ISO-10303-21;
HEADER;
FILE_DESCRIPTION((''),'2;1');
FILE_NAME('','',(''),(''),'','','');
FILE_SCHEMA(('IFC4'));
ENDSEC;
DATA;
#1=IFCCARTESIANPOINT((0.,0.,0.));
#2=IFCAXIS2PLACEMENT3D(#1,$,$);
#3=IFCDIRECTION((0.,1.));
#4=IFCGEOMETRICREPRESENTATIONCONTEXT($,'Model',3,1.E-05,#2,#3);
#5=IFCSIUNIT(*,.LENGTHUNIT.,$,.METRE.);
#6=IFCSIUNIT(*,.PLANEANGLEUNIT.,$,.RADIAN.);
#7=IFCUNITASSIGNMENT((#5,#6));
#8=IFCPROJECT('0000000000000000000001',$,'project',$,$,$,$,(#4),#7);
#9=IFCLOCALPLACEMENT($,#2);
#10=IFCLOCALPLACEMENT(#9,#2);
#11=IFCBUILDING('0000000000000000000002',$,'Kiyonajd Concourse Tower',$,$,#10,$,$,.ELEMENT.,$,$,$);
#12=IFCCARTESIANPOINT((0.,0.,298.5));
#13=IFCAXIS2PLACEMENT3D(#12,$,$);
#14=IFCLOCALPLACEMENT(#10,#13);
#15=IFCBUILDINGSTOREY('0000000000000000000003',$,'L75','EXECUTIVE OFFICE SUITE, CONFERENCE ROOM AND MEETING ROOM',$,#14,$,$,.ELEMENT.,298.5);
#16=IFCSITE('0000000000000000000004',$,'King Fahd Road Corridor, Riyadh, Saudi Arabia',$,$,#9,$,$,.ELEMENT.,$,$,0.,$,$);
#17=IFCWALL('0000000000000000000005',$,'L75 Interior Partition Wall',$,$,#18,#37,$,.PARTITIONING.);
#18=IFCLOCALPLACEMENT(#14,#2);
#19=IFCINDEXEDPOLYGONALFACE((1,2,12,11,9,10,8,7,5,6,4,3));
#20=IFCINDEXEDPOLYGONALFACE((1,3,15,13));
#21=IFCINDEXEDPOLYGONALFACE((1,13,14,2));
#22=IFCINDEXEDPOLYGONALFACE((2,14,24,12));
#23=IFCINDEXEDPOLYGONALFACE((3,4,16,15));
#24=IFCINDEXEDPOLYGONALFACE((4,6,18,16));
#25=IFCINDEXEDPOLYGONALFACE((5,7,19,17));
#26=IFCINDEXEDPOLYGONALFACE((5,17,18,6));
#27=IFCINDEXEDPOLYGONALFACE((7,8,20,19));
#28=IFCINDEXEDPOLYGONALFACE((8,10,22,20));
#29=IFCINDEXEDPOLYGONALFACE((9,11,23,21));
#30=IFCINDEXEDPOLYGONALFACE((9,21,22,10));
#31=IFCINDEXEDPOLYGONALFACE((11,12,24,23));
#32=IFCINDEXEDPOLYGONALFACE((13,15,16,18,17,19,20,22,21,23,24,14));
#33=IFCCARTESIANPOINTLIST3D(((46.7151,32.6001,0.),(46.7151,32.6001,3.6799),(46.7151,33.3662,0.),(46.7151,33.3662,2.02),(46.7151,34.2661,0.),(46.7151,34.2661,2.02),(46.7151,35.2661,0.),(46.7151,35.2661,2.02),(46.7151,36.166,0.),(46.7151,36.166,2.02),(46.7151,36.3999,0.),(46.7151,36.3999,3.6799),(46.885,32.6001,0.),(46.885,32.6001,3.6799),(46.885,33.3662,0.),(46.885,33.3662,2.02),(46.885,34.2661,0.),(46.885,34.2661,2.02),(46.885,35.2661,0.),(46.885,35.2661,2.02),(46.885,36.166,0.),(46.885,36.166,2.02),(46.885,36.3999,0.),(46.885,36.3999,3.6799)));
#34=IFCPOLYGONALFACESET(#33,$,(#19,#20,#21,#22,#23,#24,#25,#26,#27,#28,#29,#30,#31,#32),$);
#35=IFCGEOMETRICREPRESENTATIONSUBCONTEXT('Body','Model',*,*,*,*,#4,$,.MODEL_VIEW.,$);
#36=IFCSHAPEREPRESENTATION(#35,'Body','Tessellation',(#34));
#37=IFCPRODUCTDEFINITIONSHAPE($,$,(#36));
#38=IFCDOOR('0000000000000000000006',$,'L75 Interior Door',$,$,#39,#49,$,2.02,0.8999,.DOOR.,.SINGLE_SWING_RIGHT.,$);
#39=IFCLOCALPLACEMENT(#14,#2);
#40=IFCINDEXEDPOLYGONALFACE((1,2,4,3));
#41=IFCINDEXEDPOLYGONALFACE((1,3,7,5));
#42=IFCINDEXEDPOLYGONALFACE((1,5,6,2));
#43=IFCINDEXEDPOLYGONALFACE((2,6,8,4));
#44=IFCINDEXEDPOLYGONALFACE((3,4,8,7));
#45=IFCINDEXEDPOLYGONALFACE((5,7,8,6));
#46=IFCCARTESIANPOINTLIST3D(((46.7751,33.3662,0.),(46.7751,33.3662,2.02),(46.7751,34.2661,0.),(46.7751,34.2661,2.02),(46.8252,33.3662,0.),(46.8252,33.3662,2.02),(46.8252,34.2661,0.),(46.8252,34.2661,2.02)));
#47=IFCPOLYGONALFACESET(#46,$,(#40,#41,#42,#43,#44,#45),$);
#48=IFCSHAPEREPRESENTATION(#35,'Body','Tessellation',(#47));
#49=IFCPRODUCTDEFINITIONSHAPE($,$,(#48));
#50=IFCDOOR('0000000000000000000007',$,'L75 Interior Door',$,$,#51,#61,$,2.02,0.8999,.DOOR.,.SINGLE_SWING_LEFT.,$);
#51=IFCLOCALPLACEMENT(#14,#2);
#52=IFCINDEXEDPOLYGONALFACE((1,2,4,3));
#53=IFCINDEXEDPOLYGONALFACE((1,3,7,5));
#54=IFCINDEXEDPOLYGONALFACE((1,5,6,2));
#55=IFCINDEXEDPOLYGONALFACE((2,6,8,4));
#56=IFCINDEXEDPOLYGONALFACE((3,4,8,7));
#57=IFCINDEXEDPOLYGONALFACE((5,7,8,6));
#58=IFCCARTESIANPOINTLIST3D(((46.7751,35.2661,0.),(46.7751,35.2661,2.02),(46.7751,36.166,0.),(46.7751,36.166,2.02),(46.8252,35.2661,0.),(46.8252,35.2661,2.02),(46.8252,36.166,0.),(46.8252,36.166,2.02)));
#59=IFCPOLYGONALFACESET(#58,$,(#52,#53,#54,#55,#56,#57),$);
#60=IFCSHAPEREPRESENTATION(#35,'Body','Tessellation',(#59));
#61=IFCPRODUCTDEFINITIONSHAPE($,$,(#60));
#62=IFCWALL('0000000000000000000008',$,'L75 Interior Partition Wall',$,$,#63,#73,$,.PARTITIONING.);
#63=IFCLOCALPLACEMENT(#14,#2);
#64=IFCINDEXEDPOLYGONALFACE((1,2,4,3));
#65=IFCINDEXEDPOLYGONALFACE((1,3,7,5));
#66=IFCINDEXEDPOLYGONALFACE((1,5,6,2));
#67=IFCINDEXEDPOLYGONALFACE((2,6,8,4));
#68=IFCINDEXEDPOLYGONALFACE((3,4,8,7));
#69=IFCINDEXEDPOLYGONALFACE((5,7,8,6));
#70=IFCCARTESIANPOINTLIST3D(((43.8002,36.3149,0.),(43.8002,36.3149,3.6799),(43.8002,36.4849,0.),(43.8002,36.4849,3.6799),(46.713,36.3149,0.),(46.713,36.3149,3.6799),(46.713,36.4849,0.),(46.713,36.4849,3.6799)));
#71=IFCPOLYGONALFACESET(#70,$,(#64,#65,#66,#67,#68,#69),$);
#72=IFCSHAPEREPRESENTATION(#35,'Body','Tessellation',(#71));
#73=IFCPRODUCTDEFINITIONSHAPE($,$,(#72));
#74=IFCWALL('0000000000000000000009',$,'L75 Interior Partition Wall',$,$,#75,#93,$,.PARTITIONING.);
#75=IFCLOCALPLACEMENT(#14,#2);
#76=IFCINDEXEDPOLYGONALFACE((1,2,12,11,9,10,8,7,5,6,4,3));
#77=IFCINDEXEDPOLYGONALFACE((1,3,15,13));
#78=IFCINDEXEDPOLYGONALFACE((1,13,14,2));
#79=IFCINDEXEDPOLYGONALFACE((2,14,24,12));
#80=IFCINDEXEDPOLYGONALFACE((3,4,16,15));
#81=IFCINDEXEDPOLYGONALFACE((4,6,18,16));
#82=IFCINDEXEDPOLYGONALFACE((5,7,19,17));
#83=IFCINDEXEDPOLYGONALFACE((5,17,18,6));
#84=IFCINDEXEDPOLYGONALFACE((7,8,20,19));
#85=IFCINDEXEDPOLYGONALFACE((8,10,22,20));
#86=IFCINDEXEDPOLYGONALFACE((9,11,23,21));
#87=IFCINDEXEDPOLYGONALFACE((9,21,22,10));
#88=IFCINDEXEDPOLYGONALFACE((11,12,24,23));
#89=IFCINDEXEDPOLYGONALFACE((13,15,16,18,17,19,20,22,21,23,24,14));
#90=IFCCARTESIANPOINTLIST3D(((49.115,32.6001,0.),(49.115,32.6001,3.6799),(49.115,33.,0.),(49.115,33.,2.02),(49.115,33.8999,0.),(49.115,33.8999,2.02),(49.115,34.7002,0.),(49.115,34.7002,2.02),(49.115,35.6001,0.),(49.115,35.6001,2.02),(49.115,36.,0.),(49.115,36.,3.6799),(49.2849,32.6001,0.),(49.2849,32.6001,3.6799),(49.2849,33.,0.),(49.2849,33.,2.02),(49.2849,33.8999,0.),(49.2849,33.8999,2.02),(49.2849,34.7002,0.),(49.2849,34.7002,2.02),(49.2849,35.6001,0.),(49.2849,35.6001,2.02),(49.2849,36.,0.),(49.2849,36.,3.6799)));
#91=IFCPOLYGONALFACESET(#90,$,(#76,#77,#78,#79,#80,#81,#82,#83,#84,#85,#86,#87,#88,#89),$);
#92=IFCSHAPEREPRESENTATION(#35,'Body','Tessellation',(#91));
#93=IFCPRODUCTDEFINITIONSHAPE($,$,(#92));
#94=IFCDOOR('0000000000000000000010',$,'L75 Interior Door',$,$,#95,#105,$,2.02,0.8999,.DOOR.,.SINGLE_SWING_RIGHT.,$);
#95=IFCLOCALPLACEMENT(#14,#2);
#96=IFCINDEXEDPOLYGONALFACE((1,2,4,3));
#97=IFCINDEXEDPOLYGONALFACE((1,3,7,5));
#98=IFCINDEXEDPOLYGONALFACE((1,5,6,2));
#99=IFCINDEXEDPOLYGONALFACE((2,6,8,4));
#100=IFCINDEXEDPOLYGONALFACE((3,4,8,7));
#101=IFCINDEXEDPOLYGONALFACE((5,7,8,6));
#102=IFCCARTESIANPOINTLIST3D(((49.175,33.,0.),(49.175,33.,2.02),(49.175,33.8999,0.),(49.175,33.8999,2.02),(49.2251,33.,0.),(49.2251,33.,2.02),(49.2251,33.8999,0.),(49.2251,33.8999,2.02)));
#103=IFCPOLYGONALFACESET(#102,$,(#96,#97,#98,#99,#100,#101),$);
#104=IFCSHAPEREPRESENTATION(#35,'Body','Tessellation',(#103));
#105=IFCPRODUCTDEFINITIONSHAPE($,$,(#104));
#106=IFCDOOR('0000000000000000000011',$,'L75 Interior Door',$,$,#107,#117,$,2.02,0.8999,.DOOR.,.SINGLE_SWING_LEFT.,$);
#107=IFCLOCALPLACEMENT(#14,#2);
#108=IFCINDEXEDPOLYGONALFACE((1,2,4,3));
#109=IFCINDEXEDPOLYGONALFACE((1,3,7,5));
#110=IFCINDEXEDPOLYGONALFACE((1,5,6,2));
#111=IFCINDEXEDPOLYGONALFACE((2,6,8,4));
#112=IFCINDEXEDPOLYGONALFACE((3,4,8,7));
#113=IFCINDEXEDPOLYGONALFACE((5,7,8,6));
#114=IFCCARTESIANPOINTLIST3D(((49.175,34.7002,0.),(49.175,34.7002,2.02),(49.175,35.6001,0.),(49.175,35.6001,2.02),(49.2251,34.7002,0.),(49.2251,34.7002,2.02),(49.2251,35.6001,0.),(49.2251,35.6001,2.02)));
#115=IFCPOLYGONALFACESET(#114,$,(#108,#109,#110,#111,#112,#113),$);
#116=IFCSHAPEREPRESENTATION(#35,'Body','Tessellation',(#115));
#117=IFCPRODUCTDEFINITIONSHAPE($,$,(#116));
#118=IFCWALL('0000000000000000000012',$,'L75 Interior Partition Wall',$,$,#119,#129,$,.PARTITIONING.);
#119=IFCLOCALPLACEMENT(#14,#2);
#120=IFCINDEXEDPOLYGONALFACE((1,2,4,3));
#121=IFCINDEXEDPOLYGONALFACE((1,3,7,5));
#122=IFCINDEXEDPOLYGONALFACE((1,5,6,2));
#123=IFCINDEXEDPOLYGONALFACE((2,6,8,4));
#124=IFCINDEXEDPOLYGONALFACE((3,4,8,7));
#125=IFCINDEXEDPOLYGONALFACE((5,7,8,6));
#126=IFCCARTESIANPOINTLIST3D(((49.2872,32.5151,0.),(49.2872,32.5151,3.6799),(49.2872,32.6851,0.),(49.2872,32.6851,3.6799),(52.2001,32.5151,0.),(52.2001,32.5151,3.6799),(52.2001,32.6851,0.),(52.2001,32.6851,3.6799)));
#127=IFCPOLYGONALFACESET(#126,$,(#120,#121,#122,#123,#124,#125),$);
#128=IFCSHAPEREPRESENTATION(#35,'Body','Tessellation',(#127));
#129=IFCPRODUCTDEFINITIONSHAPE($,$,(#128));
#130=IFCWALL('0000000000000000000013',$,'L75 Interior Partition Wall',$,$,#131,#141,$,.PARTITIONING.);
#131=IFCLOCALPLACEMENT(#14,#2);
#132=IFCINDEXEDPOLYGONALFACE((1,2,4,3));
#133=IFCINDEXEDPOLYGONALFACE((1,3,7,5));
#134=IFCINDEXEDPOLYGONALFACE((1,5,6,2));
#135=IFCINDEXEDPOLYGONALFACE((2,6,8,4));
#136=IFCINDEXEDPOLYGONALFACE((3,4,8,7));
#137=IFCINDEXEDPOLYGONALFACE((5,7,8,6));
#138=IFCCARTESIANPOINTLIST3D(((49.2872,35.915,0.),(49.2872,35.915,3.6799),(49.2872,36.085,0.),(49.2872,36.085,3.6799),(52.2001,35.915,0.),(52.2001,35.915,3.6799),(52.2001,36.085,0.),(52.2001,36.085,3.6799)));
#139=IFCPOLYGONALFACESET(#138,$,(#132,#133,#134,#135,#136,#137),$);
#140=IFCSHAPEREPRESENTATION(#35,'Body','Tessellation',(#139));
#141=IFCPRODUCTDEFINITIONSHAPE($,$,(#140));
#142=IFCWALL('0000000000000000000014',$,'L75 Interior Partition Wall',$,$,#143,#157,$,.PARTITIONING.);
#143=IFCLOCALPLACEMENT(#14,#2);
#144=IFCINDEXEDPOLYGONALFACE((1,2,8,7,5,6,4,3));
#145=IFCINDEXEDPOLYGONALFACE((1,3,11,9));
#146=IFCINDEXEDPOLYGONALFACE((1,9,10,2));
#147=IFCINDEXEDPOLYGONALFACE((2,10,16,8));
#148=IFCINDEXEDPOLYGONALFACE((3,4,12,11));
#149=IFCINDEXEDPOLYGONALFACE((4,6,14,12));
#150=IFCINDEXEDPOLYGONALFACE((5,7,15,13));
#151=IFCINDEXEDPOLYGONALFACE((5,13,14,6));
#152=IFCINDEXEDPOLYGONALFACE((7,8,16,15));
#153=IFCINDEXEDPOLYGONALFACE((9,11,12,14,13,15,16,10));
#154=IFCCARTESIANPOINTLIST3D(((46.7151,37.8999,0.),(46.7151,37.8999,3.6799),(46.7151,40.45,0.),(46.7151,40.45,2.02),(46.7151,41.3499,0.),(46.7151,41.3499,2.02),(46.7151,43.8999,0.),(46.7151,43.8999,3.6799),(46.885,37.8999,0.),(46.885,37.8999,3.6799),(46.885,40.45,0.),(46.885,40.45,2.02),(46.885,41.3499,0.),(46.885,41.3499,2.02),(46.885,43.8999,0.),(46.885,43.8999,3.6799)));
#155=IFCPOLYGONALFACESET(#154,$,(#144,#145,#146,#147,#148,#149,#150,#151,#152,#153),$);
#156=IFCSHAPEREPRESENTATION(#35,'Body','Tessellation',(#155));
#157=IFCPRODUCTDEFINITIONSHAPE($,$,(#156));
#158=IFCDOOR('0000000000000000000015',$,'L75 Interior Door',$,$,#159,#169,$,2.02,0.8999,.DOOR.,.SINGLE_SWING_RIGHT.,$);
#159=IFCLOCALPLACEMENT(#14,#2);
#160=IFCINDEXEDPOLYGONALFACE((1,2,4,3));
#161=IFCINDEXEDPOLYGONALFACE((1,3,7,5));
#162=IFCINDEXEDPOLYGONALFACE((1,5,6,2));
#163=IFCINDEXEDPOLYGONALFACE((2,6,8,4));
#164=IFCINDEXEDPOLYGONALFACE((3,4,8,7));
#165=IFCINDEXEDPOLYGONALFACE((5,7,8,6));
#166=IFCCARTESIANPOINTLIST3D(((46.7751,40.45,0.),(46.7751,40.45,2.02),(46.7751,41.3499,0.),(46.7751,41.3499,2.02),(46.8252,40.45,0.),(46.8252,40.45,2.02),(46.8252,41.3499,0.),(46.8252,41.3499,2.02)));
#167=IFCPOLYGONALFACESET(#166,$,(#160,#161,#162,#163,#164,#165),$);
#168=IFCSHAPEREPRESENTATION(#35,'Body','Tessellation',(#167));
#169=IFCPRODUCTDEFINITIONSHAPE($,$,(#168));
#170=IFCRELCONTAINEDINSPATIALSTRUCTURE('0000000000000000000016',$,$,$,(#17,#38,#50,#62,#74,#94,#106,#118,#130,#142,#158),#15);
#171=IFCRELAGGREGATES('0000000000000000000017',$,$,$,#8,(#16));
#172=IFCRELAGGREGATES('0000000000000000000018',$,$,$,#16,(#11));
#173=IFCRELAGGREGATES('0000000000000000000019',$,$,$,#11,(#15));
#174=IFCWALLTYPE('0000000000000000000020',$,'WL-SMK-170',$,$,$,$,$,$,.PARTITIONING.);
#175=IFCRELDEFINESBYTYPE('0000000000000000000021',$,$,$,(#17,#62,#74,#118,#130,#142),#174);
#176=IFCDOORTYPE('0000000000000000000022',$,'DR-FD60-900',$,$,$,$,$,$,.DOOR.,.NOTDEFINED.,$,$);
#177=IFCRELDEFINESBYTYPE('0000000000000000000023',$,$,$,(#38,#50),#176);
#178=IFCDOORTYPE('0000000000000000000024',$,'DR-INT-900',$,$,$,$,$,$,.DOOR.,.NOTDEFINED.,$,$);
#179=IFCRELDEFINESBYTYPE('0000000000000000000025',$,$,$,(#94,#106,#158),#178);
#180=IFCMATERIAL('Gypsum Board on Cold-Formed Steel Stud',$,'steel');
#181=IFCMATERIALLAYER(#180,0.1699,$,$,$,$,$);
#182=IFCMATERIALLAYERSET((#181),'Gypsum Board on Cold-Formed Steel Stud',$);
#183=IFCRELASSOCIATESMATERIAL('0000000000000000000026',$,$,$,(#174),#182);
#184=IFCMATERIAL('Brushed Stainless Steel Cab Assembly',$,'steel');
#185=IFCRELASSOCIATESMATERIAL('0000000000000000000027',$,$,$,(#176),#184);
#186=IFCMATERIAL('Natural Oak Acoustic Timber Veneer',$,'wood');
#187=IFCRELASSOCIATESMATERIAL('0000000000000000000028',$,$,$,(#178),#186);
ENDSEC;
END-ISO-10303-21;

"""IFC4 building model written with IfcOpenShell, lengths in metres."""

from ifc_helpers import new_model, si_unit, direction, frame, frame_2d, origin, place, context, subcontext, project, spatial, rectangle, extrude, material, layer, layer_set, type_object, element, fill, save


model = new_model("IFC4")

# Units and contexts
model_context = context("Model", 3, precision=1e-05, world=origin(), true_north=direction((0.0, 1.0)))
body_context = subcontext(model_context, "Body", "Model", "MODEL_VIEW")
ifc_project = project(units=[si_unit("LENGTHUNIT", "METRE"), si_unit("PLANEANGLEUNIT", "RADIAN")], contexts=[model_context])

# Site, building, storey
site_placement = place(None, origin())
site = spatial("IfcSite", under=ifc_project, at=site_placement, Name="King Fahd Road Corridor, Riyadh, Saudi Arabia", CompositionType="ELEMENT", RefElevation=0.0)
building_placement = place(site_placement, origin())
building = spatial("IfcBuilding", under=site, at=building_placement, Name="Kiyonajd Concourse Tower", CompositionType="ELEMENT")
storey_placement = place(building_placement, frame((0.0, 0.0, 298.5)))
storey = spatial("IfcBuildingStorey", under=building, at=storey_placement, Name="L75", Description="EXECUTIVE OFFICE SUITE, CONFERENCE ROOM AND MEETING ROOM", CompositionType="ELEMENT", Elevation=298.5)

# Shared definitions
ifc_material_1 = material(Name="Gypsum Board on Cold-Formed Steel Stud", Category="steel")

# Shared definitions
ifc_material_2 = material(Name="Brushed Stainless Steel Cab Assembly", Category="steel")

# Shared definitions
ifc_layer_1 = layer(ifc_material_1, 0.1699)
ifc_layer_set_1 = layer_set([ifc_layer_1], Name="Gypsum Board on Cold-Formed Steel Stud")
wall_type_1 = type_object("IfcWallType", Name="WL-SMK-170", PredefinedType="PARTITIONING", material=ifc_layer_set_1)

# Wall, openings, doors
wall_1_placement = place(storey_placement, frame((46.8, 32.6001, 0.0), z_axis=(0.0, 0.0, 1.0), x_axis=(0.0, 1.0, 0.0)))
wall_1 = element("IfcWall", 1, at=wall_1_placement, inside=storey, type_object=wall_type_1, Name="L75 Interior Partition Wall", PredefinedType="PARTITIONING", context=body_context, shape_type="SweptSolid", body=[
    extrude(rectangle(XDim=3.7998, YDim=0.1699, at=frame_2d((1.8999, 0.0))), origin(), (0.0, 0.0, 1.0), 3.6799),
])
opening_1_placement = place(wall_1_placement, frame((0.7661, 0.0, 0.0)))
opening_1 = element("IfcOpeningElement", 2, at=opening_1_placement, cuts=wall_1, PredefinedType="OPENING", context=body_context, shape_type="SweptSolid", body=[
    extrude(rectangle(XDim=0.8999, YDim=2.02, at=frame_2d((0.45, 1.01))), frame((0.0, 0.095, 0.0), z_axis=(0.0, -1.0, 0.0), x_axis=(1.0, 0.0, 0.0)), (0.0, 0.0, 1.0), 0.1899),
])
opening_2_placement = place(wall_1_placement, frame((2.666, 0.0, 0.0)))
opening_2 = element("IfcOpeningElement", 3, at=opening_2_placement, cuts=wall_1, PredefinedType="OPENING", context=body_context, shape_type="SweptSolid", body=[
    extrude(rectangle(XDim=0.8999, YDim=2.02, at=frame_2d((0.45, 1.01))), frame((0.0, 0.095, 0.0), z_axis=(0.0, -1.0, 0.0), x_axis=(1.0, 0.0, 0.0)), (0.0, 0.0, 1.0), 0.1899),
])
door_type_1 = type_object("IfcDoorType", Name="DR-FD60-900", OperationType="NOTDEFINED", PredefinedType="DOOR", material=ifc_material_2)
door_1_placement = place(opening_1_placement, origin())
door_1 = element("IfcDoor", 4, at=door_1_placement, inside=storey, type_object=door_type_1, Name="L75 Interior Door", OperationType="SINGLE_SWING_RIGHT", OverallHeight=2.02, OverallWidth=0.8999, PredefinedType="DOOR", context=body_context, shape_type="SweptSolid", body=[
    extrude(rectangle(XDim=0.8999, YDim=2.02, at=frame_2d((0.45, 1.01))), frame((0.0, 0.0249, 0.0), z_axis=(0.0, -1.0, 0.0), x_axis=(1.0, 0.0, 0.0)), (0.0, 0.0, 1.0), 0.05),
])
fill(opening_1, door_1)
door_2_placement = place(opening_2_placement, origin())
door_2 = element("IfcDoor", 5, at=door_2_placement, inside=storey, type_object=door_type_1, Name="L75 Interior Door", OperationType="SINGLE_SWING_LEFT", OverallHeight=2.02, OverallWidth=0.8999, PredefinedType="DOOR", context=body_context, shape_type="SweptSolid", body=[
    extrude(rectangle(XDim=0.8999, YDim=2.02, at=frame_2d((0.45, 1.01))), frame((0.0, 0.0249, 0.0), z_axis=(0.0, -1.0, 0.0), x_axis=(1.0, 0.0, 0.0)), (0.0, 0.0, 1.0), 0.05),
])
fill(opening_2, door_2)

# Wall
wall_2_placement = place(storey_placement, frame((43.8, 36.3999, 0.0), z_axis=(0.0, 0.0, 1.0), x_axis=(1.0, 0.0, 0.0)))
element("IfcWall", 6, at=wall_2_placement, inside=storey, type_object=wall_type_1, Name="L75 Interior Partition Wall", PredefinedType="PARTITIONING", context=body_context, shape_type="SweptSolid", body=[
    extrude(rectangle(XDim=2.9128, YDim=0.1699, at=frame_2d((1.4565, 0.0))), origin(), (0.0, 0.0, 1.0), 3.6799),
])

# Wall, openings, doors
wall_3_placement = place(storey_placement, frame((49.2, 32.6001, 0.0), z_axis=(0.0, 0.0, 1.0), x_axis=(0.0, 1.0, 0.0)))
wall_3 = element("IfcWall", 7, at=wall_3_placement, inside=storey, type_object=wall_type_1, Name="L75 Interior Partition Wall", PredefinedType="PARTITIONING", context=body_context, shape_type="SweptSolid", body=[
    extrude(rectangle(XDim=3.3999, YDim=0.1699, at=frame_2d((1.7, 0.0))), origin(), (0.0, 0.0, 1.0), 3.6799),
])
opening_3_placement = place(wall_3_placement, frame((0.3999, 0.0, 0.0)))
opening_3 = element("IfcOpeningElement", 8, at=opening_3_placement, cuts=wall_3, PredefinedType="OPENING", context=body_context, shape_type="SweptSolid", body=[
    extrude(rectangle(XDim=0.8999, YDim=2.02, at=frame_2d((0.45, 1.01))), frame((0.0, 0.095, 0.0), z_axis=(0.0, -1.0, 0.0), x_axis=(1.0, 0.0, 0.0)), (0.0, 0.0, 1.0), 0.1899),
])
opening_4_placement = place(wall_3_placement, frame((2.1001, 0.0, 0.0)))
opening_4 = element("IfcOpeningElement", 9, at=opening_4_placement, cuts=wall_3, PredefinedType="OPENING", context=body_context, shape_type="SweptSolid", body=[
    extrude(rectangle(XDim=0.8999, YDim=2.02, at=frame_2d((0.45, 1.01))), frame((0.0, 0.095, 0.0), z_axis=(0.0, -1.0, 0.0), x_axis=(1.0, 0.0, 0.0)), (0.0, 0.0, 1.0), 0.1899),
])
ifc_material_3 = material(Name="Natural Oak Acoustic Timber Veneer", Category="wood")
door_type_2 = type_object("IfcDoorType", Name="DR-INT-900", OperationType="NOTDEFINED", PredefinedType="DOOR", material=ifc_material_3)
door_3_placement = place(opening_3_placement, origin())
door_3 = element("IfcDoor", 10, at=door_3_placement, inside=storey, type_object=door_type_2, Name="L75 Interior Door", OperationType="SINGLE_SWING_RIGHT", OverallHeight=2.02, OverallWidth=0.8999, PredefinedType="DOOR", context=body_context, shape_type="SweptSolid", body=[
    extrude(rectangle(XDim=0.8999, YDim=2.02, at=frame_2d((0.45, 1.01))), frame((0.0, 0.0249, 0.0), z_axis=(0.0, -1.0, 0.0), x_axis=(1.0, 0.0, 0.0)), (0.0, 0.0, 1.0), 0.05),
])
fill(opening_3, door_3)
door_4_placement = place(opening_4_placement, origin())
door_4 = element("IfcDoor", 11, at=door_4_placement, inside=storey, type_object=door_type_2, Name="L75 Interior Door", OperationType="SINGLE_SWING_LEFT", OverallHeight=2.02, OverallWidth=0.8999, PredefinedType="DOOR", context=body_context, shape_type="SweptSolid", body=[
    extrude(rectangle(XDim=0.8999, YDim=2.02, at=frame_2d((0.45, 1.01))), frame((0.0, 0.0249, 0.0), z_axis=(0.0, -1.0, 0.0), x_axis=(1.0, 0.0, 0.0)), (0.0, 0.0, 1.0), 0.05),
])
fill(opening_4, door_4)

# Walls
for number, where, z_axis, x_axis, name in (
    (12, (49.2871, 32.6001, 0.0), (0.0, 0.0, 1.0), (1.0, 0.0, 0.0), "L75 Interior Partition Wall"),
    (13, (49.2871, 36.0, 0.0), (0.0, 0.0, 1.0), (1.0, 0.0, 0.0), "L75 Interior Partition Wall"),
):
    element("IfcWall", number, at=place(storey_placement, frame(where, z_axis=z_axis, x_axis=x_axis)), inside=storey, type_object=wall_type_1, Name=name, PredefinedType="PARTITIONING", context=body_context, shape_type="SweptSolid", body=[
        extrude(rectangle(XDim=2.9128, YDim=0.1699, at=frame_2d((1.4565, 0.0))), origin(), (0.0, 0.0, 1.0), 3.6799),
    ])

# Wall, opening, door
wall_4_placement = place(storey_placement, frame((46.8, 37.8999, 0.0), z_axis=(0.0, 0.0, 1.0), x_axis=(0.0, 1.0, 0.0)))
wall_4 = element("IfcWall", 14, at=wall_4_placement, inside=storey, type_object=wall_type_1, Name="L75 Interior Partition Wall", PredefinedType="PARTITIONING", context=body_context, shape_type="SweptSolid", body=[
    extrude(rectangle(XDim=6.0, YDim=0.1699, at=frame_2d((3.0, 0.0))), origin(), (0.0, 0.0, 1.0), 3.6799),
])
opening_5_placement = place(wall_4_placement, frame((2.55, 0.0, 0.0)))
opening_5 = element("IfcOpeningElement", 15, at=opening_5_placement, cuts=wall_4, PredefinedType="OPENING", context=body_context, shape_type="SweptSolid", body=[
    extrude(rectangle(XDim=0.8999, YDim=2.02, at=frame_2d((0.45, 1.01))), frame((0.0, 0.095, 0.0), z_axis=(0.0, -1.0, 0.0), x_axis=(1.0, 0.0, 0.0)), (0.0, 0.0, 1.0), 0.1899),
])
door_5_placement = place(opening_5_placement, origin())
door_5 = element("IfcDoor", 16, at=door_5_placement, inside=storey, type_object=door_type_2, Name="L75 Interior Door", OperationType="SINGLE_SWING_RIGHT", OverallHeight=2.02, OverallWidth=0.8999, PredefinedType="DOOR", context=body_context, shape_type="SweptSolid", body=[
    extrude(rectangle(XDim=0.8999, YDim=2.02, at=frame_2d((0.45, 1.01))), frame((0.0, 0.0249, 0.0), z_axis=(0.0, -1.0, 0.0), x_axis=(1.0, 0.0, 0.0)), (0.0, 0.0, 1.0), 0.05),
])
fill(opening_5, door_5)

save(model, "model.ifc")
